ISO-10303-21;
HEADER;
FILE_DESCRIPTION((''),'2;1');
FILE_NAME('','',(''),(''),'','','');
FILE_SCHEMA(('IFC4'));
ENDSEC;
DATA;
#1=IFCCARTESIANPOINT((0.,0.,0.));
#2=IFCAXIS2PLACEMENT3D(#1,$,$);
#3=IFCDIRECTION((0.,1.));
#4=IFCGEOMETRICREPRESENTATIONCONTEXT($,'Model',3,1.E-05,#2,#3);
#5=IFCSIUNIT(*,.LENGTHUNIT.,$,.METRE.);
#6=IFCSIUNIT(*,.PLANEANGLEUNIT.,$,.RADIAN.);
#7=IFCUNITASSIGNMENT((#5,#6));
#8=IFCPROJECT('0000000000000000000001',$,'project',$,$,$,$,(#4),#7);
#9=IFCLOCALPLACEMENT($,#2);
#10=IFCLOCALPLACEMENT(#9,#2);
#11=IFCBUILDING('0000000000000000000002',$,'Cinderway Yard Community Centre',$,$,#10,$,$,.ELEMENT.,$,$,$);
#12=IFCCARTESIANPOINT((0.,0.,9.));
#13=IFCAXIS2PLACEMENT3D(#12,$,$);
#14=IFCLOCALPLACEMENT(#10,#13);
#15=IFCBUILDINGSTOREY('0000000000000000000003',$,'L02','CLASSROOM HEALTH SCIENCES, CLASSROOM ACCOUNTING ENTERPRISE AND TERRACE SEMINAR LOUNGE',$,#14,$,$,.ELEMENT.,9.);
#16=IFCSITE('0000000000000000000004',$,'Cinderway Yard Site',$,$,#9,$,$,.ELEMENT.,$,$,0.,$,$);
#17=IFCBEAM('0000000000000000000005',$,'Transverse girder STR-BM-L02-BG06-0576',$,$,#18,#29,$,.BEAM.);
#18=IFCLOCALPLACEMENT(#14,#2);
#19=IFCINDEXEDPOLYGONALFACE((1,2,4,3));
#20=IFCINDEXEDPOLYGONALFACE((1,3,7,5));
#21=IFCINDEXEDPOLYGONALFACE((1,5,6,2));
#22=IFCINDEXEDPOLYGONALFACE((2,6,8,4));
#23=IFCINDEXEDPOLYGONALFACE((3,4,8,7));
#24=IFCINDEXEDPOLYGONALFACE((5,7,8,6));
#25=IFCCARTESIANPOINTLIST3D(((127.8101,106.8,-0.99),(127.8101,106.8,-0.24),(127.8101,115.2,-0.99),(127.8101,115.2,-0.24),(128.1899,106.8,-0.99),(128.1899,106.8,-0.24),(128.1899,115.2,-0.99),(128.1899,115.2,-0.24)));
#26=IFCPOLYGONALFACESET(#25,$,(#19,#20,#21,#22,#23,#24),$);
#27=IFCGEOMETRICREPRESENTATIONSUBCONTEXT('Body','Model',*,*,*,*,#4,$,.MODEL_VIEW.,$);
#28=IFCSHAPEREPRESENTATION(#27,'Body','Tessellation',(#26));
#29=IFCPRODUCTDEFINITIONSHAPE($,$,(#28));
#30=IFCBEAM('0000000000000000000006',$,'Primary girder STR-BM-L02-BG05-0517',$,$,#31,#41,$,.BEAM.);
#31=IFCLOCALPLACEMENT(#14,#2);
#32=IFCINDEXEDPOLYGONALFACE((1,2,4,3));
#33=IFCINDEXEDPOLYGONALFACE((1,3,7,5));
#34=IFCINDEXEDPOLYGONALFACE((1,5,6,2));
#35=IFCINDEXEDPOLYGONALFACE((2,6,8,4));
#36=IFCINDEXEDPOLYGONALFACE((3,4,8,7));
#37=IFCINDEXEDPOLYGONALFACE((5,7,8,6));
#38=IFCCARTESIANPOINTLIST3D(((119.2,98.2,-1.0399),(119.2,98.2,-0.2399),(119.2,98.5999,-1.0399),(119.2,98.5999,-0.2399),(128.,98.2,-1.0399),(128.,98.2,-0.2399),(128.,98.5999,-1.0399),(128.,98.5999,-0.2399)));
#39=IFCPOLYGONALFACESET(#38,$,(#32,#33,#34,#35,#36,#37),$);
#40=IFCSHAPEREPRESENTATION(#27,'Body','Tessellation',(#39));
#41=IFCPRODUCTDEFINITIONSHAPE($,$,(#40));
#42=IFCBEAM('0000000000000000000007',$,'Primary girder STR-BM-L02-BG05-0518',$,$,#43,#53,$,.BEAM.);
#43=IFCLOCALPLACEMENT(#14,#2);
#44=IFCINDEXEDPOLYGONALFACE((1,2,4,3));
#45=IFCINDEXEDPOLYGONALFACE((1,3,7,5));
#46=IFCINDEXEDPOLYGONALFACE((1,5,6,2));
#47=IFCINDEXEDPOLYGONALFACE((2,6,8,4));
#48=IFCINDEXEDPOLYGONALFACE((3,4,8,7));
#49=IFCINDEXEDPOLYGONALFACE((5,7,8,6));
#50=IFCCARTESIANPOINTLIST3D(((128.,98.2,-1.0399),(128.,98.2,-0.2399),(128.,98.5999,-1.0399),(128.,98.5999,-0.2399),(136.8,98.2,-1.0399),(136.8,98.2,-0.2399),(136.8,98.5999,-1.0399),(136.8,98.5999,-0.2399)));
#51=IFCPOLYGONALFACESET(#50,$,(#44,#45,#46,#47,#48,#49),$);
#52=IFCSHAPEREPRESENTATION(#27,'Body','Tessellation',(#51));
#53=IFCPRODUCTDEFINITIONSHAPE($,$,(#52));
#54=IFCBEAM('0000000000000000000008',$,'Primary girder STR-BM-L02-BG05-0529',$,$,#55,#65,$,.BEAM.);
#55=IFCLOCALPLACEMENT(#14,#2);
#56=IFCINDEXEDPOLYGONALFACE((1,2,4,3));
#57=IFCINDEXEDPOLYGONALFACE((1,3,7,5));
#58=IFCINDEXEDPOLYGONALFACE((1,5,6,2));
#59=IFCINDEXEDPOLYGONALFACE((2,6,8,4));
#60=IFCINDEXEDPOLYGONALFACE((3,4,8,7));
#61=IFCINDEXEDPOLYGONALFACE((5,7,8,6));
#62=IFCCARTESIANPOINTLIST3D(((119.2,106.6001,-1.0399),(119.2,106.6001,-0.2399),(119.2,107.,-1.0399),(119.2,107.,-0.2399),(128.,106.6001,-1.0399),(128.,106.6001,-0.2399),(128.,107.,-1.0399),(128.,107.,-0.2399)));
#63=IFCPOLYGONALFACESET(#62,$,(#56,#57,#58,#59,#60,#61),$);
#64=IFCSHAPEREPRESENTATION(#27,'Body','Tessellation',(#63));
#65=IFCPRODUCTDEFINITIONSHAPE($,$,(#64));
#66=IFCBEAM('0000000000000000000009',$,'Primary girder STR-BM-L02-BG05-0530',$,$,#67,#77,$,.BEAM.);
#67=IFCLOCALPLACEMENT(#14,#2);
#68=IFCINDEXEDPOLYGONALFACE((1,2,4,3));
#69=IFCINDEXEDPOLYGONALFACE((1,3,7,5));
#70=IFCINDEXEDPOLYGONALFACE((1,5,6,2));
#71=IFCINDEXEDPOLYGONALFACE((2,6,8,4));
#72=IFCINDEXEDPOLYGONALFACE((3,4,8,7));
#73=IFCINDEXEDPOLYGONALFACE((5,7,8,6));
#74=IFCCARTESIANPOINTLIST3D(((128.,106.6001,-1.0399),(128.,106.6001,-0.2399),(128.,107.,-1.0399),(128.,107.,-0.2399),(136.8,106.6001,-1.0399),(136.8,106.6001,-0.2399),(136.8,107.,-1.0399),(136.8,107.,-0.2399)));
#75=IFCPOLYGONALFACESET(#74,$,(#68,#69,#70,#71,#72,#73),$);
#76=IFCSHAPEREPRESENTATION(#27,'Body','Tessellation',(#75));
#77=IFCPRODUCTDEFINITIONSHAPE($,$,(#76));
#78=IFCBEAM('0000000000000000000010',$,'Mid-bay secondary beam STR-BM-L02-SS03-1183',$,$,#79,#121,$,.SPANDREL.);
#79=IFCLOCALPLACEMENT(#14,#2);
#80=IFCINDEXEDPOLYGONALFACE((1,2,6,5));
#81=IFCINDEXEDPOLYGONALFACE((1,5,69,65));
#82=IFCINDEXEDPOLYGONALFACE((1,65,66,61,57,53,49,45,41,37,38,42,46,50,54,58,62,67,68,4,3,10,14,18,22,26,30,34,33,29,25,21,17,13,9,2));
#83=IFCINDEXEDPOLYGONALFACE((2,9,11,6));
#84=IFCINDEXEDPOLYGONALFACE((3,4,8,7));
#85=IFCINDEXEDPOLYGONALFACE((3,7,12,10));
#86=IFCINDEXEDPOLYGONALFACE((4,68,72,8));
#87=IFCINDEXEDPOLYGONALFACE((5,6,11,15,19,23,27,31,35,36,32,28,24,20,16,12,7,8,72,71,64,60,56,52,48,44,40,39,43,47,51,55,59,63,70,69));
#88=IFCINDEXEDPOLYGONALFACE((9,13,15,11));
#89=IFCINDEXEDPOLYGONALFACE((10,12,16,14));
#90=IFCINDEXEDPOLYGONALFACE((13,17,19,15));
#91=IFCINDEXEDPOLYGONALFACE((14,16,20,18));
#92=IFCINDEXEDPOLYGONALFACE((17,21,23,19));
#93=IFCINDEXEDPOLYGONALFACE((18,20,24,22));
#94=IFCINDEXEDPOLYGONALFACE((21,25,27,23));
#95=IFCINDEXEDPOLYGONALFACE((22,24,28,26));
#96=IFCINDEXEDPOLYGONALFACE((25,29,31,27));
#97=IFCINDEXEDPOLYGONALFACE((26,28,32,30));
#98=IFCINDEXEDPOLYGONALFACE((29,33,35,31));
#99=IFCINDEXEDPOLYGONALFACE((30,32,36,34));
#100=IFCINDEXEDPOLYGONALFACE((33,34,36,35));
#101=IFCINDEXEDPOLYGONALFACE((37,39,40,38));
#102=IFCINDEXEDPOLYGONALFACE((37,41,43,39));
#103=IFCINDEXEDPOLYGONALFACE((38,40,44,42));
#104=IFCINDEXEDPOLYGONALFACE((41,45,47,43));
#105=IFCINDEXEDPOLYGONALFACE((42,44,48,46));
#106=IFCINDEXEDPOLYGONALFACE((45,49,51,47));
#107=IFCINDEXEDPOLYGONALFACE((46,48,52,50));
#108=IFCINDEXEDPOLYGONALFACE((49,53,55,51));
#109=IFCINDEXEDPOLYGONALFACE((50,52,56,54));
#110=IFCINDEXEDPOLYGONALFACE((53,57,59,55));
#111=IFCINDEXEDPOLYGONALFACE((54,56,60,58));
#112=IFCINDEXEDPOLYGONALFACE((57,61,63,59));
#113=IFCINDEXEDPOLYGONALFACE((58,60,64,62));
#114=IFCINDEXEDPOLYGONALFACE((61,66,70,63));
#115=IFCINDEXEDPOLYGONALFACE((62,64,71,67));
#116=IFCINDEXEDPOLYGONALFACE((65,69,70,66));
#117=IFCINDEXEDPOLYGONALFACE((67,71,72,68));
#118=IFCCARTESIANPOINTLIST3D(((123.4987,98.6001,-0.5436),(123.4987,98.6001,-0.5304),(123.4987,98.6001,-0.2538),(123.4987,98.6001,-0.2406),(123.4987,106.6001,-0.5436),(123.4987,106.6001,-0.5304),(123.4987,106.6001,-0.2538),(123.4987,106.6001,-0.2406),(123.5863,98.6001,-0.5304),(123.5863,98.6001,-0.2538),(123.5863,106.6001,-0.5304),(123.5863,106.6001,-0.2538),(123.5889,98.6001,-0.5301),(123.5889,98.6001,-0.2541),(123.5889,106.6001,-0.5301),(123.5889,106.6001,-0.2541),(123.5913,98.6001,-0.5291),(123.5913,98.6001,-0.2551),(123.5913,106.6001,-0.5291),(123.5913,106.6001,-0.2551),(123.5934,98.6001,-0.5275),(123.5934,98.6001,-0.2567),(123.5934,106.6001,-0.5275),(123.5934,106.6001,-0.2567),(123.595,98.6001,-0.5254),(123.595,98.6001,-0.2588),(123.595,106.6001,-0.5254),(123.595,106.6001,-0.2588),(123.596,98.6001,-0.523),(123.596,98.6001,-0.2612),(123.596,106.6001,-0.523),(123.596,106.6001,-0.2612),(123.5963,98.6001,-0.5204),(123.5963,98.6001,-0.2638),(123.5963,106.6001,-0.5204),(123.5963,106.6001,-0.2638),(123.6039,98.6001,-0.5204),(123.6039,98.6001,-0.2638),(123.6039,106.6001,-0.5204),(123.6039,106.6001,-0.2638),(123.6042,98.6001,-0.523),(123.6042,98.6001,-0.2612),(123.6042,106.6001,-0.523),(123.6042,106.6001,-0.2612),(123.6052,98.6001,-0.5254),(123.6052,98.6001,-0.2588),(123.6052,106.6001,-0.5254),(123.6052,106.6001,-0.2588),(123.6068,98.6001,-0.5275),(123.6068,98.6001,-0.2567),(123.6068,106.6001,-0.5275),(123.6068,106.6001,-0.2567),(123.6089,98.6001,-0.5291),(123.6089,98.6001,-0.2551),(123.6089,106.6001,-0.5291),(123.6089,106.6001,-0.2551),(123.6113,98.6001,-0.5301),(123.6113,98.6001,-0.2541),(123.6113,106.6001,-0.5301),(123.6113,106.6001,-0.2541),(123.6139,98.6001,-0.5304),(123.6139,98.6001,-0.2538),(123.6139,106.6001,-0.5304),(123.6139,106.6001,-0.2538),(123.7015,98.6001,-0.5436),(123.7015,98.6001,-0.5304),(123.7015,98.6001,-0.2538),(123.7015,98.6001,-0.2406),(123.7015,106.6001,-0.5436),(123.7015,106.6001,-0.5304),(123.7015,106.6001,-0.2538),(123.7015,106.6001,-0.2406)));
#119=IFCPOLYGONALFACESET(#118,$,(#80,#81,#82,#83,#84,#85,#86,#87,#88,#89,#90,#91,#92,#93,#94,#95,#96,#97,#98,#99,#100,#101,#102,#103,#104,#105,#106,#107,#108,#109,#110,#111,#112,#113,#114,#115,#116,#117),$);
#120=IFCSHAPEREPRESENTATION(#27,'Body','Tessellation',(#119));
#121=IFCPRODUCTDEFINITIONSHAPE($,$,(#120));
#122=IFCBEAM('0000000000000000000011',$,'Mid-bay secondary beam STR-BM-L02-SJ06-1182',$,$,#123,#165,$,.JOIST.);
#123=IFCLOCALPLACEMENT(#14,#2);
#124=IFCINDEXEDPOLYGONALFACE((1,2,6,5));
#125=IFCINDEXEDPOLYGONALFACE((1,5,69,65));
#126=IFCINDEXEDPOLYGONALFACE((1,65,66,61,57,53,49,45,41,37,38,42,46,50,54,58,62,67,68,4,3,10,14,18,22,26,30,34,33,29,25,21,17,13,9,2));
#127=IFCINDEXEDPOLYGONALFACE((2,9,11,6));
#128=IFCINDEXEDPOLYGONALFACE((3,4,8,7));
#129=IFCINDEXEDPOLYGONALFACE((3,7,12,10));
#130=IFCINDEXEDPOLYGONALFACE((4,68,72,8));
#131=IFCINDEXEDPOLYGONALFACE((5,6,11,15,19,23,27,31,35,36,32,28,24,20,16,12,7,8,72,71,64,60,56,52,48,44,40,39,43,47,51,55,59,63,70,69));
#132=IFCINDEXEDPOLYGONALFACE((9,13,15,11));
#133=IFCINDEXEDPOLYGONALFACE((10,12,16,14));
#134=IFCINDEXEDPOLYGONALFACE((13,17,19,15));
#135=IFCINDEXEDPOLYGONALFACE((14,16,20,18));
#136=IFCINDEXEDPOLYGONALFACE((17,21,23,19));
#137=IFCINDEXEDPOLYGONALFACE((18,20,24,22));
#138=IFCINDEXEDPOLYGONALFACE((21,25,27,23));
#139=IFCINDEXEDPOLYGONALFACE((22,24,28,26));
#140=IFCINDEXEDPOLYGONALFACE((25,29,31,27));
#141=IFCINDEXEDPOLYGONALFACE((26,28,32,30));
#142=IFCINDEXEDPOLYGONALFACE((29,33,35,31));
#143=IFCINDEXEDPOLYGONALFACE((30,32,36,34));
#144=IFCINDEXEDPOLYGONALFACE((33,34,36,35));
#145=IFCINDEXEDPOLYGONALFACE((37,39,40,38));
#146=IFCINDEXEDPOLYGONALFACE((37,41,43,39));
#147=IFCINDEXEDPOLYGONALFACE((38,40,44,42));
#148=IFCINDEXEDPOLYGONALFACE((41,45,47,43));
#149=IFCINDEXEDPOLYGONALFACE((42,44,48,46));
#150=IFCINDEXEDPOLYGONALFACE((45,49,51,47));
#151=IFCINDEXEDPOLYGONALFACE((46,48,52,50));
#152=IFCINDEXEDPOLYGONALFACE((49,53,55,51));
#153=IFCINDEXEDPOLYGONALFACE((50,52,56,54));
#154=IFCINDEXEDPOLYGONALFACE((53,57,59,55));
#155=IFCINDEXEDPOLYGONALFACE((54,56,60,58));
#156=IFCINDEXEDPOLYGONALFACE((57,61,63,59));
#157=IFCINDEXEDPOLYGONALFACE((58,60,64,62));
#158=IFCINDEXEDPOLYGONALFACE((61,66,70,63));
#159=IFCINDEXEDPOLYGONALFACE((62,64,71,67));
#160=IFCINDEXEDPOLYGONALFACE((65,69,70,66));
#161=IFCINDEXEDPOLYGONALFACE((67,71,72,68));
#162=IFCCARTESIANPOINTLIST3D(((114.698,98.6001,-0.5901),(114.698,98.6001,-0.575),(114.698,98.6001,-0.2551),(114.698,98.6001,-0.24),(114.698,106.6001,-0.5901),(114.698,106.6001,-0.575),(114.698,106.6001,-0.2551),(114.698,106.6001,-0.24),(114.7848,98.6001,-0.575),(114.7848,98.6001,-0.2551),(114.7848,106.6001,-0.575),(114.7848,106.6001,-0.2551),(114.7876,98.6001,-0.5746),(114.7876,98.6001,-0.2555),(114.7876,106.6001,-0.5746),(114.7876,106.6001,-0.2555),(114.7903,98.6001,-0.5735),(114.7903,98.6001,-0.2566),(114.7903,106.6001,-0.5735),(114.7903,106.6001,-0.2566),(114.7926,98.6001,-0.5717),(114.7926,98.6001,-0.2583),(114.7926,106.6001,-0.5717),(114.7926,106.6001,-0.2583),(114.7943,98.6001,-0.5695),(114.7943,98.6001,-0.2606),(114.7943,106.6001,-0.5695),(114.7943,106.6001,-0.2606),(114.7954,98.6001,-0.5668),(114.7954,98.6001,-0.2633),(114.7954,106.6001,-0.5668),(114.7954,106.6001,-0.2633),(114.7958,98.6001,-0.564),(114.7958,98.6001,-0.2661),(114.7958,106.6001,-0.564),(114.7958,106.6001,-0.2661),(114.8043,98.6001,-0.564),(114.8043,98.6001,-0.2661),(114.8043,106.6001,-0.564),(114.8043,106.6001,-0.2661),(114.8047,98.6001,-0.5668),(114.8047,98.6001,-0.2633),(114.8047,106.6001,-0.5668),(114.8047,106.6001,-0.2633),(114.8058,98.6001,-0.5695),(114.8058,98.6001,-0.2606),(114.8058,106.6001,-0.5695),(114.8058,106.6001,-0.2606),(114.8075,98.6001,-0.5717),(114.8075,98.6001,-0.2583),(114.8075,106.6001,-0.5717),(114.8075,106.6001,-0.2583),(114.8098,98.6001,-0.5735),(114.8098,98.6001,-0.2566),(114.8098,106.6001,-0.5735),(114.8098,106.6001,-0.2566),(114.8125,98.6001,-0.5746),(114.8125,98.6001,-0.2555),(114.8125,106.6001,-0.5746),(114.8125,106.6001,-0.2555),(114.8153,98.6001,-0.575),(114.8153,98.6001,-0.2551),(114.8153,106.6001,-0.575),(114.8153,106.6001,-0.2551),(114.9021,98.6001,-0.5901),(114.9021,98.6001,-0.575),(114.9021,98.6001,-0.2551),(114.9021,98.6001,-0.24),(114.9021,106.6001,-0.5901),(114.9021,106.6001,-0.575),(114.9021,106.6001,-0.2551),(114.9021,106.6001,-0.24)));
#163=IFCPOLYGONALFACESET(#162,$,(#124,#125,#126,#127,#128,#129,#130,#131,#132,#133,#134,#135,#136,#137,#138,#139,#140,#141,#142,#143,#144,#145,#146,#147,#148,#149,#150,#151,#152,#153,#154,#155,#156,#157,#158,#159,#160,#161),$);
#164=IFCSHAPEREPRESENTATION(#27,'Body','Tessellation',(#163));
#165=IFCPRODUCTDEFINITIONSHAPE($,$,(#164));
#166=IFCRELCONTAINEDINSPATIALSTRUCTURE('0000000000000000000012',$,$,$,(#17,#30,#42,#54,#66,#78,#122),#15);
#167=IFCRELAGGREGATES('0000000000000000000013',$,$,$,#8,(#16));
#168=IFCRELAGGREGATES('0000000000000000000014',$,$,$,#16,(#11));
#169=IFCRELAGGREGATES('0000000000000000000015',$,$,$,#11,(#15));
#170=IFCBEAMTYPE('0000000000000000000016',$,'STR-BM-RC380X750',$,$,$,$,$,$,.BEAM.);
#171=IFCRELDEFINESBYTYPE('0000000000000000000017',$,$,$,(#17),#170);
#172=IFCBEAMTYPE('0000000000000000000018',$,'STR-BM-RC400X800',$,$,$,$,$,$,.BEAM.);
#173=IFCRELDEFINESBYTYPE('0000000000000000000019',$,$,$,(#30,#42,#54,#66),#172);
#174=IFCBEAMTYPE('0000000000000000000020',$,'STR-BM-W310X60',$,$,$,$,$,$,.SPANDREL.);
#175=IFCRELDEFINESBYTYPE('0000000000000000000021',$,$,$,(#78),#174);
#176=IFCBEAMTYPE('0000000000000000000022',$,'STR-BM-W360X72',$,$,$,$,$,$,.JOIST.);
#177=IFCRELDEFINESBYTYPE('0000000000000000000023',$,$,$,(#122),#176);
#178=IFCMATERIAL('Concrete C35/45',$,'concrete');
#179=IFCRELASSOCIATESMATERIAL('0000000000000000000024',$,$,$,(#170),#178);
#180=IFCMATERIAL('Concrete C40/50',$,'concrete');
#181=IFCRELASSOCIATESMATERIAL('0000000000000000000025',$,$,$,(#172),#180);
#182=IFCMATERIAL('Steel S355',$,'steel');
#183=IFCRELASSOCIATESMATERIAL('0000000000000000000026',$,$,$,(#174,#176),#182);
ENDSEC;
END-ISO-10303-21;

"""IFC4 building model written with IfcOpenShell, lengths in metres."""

from ifc_helpers import new_model, si_unit, direction, frame, origin, origin_2d, place, context, subcontext, project, spatial, rectangle, i_section, extrude, material, material_profile, profile_set, type_object, element, save


model = new_model("IFC4")

# Units and contexts
model_context = context("Model", 3, precision=1e-05, world=origin(), true_north=direction((0.0, 1.0)))
body_context = subcontext(model_context, "Body", "Model", "MODEL_VIEW")
ifc_project = project(units=[si_unit("LENGTHUNIT", "METRE"), si_unit("PLANEANGLEUNIT", "RADIAN")], contexts=[model_context])

# Site, building, storey
site_placement = place(None, origin())
site = spatial("IfcSite", under=ifc_project, at=site_placement, Name="Cinderway Yard Site", CompositionType="ELEMENT", RefElevation=0.0)
building_placement = place(site_placement, origin())
building = spatial("IfcBuilding", under=site, at=building_placement, Name="Cinderway Yard Community Centre", CompositionType="ELEMENT")
storey_placement = place(building_placement, frame((0.0, 0.0, 9.0)))
storey = spatial("IfcBuildingStorey", under=building, at=storey_placement, Name="L02", Description="CLASSROOM HEALTH SCIENCES, CLASSROOM ACCOUNTING ENTERPRISE AND TERRACE SEMINAR LOUNGE", CompositionType="ELEMENT", Elevation=9.0)

# Shared definitions
ifc_material_1 = material(Name="Concrete C40/50", Category="concrete")

# Beams
ifc_material_2 = material(Name="Concrete C35/45", Category="concrete")
ifc_material_profile_1 = material_profile(ifc_material_2, rectangle(XDim=0.3799, YDim=0.75, at=origin_2d()), Name="Concrete C35/45")
ifc_profile_set_1 = profile_set([ifc_material_profile_1], Name="Concrete C35/45")
beam_type_1 = type_object("IfcBeamType", Name="STR-BM-RC380X750", PredefinedType="BEAM", material=ifc_profile_set_1)
beam_1_placement = place(storey_placement, frame((128.0, 106.8, -0.615), z_axis=(0.0, 1.0, 0.0), x_axis=(-1.0, 0.0, 0.0)))
element("IfcBeam", 1, at=beam_1_placement, inside=storey, type_object=beam_type_1, Name="Transverse girder STR-BM-L02-BG06-0576", PredefinedType="BEAM", context=body_context, shape_type="SweptSolid", body=[
    extrude(rectangle(XDim=0.3799, YDim=0.75, at=origin_2d()), origin(), (0.0, 0.0, 1.0), 8.3999),
])
ifc_material_profile_2 = material_profile(ifc_material_1, rectangle(XDim=0.3999, YDim=0.8, at=origin_2d()), Name="Concrete C40/50")
ifc_profile_set_2 = profile_set([ifc_material_profile_2], Name="Concrete C40/50")
beam_type_2 = type_object("IfcBeamType", Name="STR-BM-RC400X800", PredefinedType="BEAM", material=ifc_profile_set_2)
for number, where, z_axis, x_axis, name in (
    (2, (119.2, 98.3999, -0.6399), (1.0, 0.0, 0.0), (0.0, 1.0, 0.0), "Primary girder STR-BM-L02-BG05-0517"),
    (3, (128.0, 98.3999, -0.6399), (1.0, 0.0, 0.0), (0.0, 1.0, 0.0), "Primary girder STR-BM-L02-BG05-0518"),
    (4, (119.2, 106.8, -0.6399), (1.0, 0.0, 0.0), (0.0, 1.0, 0.0), "Primary girder STR-BM-L02-BG05-0529"),
    (5, (128.0, 106.8, -0.6399), (1.0, 0.0, 0.0), (0.0, 1.0, 0.0), "Primary girder STR-BM-L02-BG05-0530"),
):
    element("IfcBeam", number, at=place(storey_placement, frame(where, z_axis=z_axis, x_axis=x_axis)), inside=storey, type_object=beam_type_2, Name=name, PredefinedType="BEAM", context=body_context, shape_type="SweptSolid", body=[
        extrude(rectangle(XDim=0.3999, YDim=0.8, at=origin_2d()), origin(), (0.0, 0.0, 1.0), 8.8),
    ])
ifc_material_3 = material(Name="Steel S355", Category="steel")
ifc_material_profile_3 = material_profile(ifc_material_3, i_section(OverallWidth=0.2029, OverallDepth=0.303, WebThickness=0.0076, FlangeThickness=0.0132, FilletRadius=0.01, at=origin_2d()), Name="Steel S355")
ifc_profile_set_3 = profile_set([ifc_material_profile_3], Name="Steel S355")
beam_type_3 = type_object("IfcBeamType", Name="STR-BM-W310X60", PredefinedType="SPANDREL", material=ifc_profile_set_3)
beam_2_placement = place(storey_placement, frame((123.6001, 98.6001, -0.3921), z_axis=(0.0, 1.0, 0.0), x_axis=(-1.0, 0.0, 0.0)))
element("IfcBeam", 6, at=beam_2_placement, inside=storey, type_object=beam_type_3, Name="Mid-bay secondary beam STR-BM-L02-SS03-1183", PredefinedType="SPANDREL", context=body_context, shape_type="SweptSolid", body=[
    extrude(i_section(OverallWidth=0.2029, OverallDepth=0.303, WebThickness=0.0076, FlangeThickness=0.0132, FilletRadius=0.01, at=origin_2d()), origin(), (0.0, 0.0, 1.0), 8.0),
])
ifc_material_profile_4 = material_profile(ifc_material_3, i_section(OverallWidth=0.2041, OverallDepth=0.3501, WebThickness=0.0085, FlangeThickness=0.0151, FilletRadius=0.011, at=origin_2d()), Name="Steel S355")
ifc_profile_set_4 = profile_set([ifc_material_profile_4], Name="Steel S355")
beam_type_4 = type_object("IfcBeamType", Name="STR-BM-W360X72", PredefinedType="JOIST", material=ifc_profile_set_4)
beam_3_placement = place(storey_placement, frame((114.8, 98.6001, -0.415), z_axis=(0.0, 1.0, 0.0), x_axis=(-1.0, 0.0, 0.0)))
element("IfcBeam", 7, at=beam_3_placement, inside=storey, type_object=beam_type_4, Name="Mid-bay secondary beam STR-BM-L02-SJ06-1182", PredefinedType="JOIST", context=body_context, shape_type="SweptSolid", body=[
    extrude(i_section(OverallWidth=0.2041, OverallDepth=0.3501, WebThickness=0.0085, FlangeThickness=0.0151, FilletRadius=0.011, at=origin_2d()), origin(), (0.0, 0.0, 1.0), 8.0),
])

save(model, "model.ifc")
